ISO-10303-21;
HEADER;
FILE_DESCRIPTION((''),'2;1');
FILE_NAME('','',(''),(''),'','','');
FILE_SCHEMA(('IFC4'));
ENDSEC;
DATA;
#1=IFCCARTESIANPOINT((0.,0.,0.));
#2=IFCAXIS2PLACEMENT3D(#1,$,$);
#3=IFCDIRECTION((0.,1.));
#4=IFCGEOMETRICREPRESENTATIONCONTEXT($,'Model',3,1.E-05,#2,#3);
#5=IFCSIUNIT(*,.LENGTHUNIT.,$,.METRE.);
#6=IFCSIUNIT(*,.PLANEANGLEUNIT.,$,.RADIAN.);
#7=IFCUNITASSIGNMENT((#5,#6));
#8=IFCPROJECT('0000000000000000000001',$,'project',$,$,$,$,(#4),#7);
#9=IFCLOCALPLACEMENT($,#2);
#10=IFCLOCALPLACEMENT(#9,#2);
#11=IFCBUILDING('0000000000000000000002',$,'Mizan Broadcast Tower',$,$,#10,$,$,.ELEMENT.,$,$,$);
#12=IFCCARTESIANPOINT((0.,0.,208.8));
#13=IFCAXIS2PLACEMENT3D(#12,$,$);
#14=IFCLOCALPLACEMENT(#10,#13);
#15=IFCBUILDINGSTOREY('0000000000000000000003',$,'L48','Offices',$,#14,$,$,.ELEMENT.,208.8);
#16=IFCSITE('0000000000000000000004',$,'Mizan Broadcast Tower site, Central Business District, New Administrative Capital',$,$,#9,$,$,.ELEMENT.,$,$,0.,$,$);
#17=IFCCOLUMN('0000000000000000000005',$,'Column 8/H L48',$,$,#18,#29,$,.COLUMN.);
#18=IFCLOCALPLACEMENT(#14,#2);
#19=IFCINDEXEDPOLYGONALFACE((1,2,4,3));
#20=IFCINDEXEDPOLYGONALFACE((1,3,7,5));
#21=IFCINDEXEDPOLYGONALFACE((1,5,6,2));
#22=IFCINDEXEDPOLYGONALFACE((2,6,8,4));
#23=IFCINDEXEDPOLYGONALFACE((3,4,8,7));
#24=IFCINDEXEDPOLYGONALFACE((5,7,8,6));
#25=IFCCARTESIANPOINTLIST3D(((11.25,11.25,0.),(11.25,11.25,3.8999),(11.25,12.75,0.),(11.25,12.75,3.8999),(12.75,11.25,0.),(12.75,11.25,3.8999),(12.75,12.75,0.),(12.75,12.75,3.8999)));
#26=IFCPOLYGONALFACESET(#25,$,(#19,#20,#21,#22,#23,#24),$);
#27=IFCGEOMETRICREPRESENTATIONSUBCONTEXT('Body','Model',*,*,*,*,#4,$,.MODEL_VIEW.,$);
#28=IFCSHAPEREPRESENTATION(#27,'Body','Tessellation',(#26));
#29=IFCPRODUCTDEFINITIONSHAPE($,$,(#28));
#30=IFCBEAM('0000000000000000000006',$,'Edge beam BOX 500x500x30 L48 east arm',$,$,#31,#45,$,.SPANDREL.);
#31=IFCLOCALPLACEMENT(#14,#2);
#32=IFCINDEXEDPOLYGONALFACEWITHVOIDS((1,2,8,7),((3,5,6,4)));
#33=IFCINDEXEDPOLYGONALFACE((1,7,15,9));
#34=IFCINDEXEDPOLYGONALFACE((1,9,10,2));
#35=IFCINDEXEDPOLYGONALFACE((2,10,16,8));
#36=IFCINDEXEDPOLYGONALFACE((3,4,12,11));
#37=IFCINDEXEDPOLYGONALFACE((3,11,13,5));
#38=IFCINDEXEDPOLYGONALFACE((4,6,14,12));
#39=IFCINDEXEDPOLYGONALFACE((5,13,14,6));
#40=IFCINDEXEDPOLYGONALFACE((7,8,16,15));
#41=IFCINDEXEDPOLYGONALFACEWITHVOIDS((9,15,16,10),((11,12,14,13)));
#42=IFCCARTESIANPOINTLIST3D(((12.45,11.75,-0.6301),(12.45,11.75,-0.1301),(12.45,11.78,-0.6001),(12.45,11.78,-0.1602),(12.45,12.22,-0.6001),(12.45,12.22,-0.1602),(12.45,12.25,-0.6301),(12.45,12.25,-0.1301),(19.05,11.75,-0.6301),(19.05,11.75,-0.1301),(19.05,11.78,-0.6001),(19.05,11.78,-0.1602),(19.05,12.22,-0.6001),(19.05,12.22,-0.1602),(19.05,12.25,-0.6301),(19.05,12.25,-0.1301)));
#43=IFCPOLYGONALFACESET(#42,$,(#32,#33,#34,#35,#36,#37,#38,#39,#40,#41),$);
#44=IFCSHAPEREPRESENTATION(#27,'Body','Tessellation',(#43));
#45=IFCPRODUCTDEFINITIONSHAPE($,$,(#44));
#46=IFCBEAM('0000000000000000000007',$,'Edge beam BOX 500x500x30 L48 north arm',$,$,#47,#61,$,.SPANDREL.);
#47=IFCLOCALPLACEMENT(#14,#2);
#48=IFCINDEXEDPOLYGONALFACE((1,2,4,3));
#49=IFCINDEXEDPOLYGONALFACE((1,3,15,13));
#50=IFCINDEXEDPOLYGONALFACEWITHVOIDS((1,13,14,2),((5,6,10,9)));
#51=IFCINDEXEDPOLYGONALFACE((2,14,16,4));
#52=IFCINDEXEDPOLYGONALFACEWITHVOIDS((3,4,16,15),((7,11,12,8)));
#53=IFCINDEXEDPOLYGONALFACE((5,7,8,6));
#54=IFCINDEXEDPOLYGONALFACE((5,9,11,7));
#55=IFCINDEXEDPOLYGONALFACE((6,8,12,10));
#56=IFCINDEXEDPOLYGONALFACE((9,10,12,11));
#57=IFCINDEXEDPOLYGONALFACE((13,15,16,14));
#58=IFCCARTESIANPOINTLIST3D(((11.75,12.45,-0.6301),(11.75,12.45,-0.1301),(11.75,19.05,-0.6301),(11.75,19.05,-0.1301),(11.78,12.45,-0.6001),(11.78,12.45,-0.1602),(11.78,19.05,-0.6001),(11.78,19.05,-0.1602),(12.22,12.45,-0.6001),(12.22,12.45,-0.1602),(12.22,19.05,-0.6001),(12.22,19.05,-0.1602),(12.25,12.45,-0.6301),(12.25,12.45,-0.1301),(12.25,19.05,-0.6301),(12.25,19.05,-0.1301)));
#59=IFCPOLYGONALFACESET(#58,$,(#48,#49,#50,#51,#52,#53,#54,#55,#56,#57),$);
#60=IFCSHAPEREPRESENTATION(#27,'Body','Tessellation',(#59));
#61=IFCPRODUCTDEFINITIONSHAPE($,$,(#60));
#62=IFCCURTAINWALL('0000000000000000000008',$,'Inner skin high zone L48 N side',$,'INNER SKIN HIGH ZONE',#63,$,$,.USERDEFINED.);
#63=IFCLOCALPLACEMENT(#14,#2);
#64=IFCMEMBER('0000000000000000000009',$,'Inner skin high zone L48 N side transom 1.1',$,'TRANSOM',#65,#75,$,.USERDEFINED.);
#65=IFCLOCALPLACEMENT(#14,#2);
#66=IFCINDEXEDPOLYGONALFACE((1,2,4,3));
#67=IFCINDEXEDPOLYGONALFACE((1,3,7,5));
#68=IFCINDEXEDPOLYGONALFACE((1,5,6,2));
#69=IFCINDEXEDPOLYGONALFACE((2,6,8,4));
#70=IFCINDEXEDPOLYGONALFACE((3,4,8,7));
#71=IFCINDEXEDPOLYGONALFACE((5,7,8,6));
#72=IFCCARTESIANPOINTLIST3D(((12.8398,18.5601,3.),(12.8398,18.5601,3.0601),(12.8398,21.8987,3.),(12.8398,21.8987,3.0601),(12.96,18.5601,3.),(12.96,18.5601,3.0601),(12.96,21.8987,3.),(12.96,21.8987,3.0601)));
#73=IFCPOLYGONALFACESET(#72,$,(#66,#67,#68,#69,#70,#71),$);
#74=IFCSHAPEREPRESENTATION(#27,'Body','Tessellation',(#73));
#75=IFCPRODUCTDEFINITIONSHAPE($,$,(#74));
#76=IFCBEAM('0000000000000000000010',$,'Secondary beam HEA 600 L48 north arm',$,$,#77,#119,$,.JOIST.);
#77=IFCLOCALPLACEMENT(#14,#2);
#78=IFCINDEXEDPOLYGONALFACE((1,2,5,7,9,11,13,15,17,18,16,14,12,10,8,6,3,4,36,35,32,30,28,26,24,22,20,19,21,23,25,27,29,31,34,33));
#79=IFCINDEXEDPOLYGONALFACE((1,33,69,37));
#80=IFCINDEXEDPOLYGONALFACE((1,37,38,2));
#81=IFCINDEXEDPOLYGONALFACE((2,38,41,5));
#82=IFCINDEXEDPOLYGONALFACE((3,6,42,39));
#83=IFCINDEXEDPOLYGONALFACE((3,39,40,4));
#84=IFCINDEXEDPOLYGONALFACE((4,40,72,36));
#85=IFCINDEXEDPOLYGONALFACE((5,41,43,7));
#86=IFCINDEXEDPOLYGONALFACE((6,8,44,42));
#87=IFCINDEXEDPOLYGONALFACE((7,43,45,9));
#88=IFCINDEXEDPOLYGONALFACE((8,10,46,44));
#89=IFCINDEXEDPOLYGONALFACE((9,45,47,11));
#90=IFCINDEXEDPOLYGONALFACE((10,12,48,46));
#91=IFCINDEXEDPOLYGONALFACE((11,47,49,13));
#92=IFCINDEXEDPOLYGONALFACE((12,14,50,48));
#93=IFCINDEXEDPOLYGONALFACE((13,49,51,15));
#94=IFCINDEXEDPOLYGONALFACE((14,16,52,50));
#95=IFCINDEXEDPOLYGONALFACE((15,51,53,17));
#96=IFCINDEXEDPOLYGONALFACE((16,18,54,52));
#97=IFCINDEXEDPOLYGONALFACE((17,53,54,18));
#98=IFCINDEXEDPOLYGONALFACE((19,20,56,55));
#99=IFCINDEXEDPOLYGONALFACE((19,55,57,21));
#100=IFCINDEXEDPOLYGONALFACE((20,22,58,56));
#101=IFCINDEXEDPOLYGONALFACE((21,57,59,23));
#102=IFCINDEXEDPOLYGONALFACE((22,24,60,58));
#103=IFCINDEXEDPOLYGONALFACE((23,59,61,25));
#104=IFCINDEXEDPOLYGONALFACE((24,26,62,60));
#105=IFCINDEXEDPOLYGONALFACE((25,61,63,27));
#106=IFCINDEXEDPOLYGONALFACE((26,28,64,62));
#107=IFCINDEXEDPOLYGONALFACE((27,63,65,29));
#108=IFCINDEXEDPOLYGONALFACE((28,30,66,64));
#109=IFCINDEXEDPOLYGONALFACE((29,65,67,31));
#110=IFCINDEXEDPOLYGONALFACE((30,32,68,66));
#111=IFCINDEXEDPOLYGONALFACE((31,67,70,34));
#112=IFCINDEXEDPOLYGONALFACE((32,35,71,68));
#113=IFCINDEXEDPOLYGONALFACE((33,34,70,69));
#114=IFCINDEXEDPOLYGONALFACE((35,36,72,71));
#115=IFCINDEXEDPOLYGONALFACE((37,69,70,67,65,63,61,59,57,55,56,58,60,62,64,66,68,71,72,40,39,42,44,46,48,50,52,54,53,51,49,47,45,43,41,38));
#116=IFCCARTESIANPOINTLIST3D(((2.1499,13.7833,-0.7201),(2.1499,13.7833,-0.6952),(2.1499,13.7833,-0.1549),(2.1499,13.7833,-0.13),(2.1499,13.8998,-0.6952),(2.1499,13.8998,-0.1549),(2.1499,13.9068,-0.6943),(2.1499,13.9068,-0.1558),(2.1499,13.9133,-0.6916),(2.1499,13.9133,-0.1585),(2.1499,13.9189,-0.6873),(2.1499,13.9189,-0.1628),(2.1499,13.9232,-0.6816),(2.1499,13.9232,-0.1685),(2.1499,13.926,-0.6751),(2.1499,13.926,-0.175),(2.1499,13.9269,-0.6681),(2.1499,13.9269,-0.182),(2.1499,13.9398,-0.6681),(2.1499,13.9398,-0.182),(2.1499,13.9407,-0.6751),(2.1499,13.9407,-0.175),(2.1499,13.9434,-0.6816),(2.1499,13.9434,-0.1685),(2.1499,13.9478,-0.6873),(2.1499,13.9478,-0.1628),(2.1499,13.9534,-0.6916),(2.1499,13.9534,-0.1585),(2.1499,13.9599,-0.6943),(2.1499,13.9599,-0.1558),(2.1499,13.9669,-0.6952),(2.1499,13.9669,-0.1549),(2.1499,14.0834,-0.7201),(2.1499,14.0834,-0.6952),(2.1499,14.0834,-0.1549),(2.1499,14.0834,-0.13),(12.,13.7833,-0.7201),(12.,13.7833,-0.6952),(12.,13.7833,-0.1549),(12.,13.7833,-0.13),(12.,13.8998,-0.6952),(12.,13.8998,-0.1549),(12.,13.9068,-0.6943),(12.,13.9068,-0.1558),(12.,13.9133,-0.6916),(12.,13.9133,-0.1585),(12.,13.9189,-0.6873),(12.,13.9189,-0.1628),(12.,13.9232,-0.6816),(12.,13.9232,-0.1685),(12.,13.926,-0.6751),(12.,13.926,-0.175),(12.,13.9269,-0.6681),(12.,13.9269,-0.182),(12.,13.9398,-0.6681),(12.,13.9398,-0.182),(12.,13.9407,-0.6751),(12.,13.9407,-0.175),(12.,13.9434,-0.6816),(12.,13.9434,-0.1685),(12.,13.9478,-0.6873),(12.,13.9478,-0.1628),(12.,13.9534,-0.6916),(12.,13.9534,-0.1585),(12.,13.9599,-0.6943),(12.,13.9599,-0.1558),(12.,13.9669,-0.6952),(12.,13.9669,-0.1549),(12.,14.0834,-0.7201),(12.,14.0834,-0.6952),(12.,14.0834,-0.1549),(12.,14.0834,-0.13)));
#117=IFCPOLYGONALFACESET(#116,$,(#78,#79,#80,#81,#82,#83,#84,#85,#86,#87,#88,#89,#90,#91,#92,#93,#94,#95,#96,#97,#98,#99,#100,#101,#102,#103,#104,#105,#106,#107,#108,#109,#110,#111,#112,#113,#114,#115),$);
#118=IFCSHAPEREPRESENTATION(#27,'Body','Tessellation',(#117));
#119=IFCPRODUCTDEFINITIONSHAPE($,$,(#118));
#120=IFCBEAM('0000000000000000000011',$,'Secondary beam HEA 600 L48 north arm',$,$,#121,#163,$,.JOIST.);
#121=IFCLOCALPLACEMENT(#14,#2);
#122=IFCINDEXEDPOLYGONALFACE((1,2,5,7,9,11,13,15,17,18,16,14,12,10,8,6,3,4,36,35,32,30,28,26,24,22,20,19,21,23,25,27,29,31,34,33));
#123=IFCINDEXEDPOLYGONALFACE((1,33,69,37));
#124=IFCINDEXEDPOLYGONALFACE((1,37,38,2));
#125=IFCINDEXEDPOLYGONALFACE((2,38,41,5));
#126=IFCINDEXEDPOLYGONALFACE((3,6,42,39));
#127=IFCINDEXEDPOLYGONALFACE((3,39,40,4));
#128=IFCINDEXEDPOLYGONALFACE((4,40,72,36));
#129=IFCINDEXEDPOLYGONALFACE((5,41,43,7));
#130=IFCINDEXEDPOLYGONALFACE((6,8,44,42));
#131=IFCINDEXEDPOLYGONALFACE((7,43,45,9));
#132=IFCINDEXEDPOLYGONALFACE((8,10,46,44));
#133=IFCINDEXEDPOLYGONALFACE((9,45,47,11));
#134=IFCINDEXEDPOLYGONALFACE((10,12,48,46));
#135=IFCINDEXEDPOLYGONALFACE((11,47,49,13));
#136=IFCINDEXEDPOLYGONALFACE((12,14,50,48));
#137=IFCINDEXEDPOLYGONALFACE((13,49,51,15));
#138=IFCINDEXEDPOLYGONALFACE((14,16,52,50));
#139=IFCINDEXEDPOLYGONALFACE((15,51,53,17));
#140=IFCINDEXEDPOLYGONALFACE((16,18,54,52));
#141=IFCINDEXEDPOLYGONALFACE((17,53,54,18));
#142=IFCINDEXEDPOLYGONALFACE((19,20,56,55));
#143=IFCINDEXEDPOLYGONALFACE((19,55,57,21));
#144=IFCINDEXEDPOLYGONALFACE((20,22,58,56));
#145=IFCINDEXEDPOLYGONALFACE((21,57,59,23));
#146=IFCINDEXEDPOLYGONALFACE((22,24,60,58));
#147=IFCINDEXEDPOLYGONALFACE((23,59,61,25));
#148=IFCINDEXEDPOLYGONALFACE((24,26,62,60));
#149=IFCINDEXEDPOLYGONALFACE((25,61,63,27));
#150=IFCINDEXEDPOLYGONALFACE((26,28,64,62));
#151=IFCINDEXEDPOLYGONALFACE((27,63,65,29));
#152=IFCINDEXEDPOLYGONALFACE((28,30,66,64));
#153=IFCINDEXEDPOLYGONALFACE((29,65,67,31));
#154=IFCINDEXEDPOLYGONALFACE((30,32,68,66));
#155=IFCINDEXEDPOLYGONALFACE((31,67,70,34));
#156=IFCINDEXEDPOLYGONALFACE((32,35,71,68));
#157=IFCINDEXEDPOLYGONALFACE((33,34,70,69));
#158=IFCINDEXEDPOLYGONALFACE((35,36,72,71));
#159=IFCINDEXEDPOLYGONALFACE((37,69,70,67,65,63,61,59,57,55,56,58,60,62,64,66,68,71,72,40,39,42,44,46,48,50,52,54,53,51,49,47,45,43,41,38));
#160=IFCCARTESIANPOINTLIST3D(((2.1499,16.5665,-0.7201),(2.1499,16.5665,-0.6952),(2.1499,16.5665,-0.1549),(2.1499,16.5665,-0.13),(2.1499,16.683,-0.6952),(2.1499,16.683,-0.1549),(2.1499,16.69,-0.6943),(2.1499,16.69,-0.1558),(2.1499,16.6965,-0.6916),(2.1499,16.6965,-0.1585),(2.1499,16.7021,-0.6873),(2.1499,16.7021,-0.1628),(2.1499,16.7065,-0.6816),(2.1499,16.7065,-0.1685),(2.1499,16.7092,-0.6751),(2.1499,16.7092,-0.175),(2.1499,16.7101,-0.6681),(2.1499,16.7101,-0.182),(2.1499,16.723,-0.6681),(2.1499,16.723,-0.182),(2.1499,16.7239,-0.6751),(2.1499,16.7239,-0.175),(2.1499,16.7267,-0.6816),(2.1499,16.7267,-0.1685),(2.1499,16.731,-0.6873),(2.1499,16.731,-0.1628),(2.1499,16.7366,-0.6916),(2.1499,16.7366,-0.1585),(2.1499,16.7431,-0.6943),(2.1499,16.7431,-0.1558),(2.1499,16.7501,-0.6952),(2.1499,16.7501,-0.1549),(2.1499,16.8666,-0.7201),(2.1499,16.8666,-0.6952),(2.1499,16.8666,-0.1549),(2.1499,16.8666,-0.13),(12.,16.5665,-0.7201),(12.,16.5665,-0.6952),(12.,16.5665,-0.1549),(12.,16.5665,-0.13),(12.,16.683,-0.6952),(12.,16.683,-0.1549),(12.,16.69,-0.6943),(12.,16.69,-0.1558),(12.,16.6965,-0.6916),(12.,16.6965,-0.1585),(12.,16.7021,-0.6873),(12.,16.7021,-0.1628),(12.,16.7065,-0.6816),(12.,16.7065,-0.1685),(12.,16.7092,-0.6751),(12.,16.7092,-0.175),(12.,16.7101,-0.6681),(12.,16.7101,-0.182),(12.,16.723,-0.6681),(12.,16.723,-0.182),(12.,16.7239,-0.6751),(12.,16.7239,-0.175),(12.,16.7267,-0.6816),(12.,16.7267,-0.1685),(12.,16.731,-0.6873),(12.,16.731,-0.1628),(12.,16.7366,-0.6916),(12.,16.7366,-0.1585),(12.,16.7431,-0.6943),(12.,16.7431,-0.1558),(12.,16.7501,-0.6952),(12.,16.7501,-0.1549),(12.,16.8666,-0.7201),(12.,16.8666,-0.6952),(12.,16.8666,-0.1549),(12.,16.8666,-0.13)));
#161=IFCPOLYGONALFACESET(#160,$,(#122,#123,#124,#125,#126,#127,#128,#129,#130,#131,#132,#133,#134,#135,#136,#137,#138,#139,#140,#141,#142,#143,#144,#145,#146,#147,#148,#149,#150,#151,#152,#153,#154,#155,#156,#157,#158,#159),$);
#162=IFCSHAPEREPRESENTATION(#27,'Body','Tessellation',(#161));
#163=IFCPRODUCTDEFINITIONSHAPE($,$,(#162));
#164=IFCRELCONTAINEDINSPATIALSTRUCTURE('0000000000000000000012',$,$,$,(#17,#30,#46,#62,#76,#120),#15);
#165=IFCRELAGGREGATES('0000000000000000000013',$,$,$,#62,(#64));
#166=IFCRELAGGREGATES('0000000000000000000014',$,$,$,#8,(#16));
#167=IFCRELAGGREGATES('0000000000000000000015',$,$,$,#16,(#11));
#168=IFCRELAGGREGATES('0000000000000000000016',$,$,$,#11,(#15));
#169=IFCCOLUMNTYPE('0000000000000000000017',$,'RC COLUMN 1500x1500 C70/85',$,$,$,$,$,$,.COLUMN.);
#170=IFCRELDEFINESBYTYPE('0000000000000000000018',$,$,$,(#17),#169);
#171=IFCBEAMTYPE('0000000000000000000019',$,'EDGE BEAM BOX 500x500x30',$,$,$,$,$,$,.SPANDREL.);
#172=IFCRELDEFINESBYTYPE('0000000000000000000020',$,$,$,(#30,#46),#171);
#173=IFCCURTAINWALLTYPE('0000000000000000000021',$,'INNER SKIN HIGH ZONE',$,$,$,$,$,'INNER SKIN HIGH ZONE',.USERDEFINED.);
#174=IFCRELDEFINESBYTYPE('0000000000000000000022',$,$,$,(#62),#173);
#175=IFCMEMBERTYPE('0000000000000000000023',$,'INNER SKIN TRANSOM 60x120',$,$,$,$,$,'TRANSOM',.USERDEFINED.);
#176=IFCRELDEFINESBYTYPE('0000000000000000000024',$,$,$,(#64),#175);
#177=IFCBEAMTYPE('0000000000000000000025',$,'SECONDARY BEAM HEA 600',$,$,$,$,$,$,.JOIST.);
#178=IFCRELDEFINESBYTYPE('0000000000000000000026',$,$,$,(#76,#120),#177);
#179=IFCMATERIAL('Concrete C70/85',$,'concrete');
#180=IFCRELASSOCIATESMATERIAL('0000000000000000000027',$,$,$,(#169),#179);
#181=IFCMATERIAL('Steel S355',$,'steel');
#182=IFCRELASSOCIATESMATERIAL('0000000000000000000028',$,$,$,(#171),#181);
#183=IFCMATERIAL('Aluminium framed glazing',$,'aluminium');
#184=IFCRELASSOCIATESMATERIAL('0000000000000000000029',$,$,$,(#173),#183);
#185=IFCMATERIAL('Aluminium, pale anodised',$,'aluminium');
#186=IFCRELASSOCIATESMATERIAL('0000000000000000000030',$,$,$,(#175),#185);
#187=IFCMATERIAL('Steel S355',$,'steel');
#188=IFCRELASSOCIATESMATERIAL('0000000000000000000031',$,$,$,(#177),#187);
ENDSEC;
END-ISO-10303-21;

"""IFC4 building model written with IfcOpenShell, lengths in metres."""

from ifc_helpers import new_model, si_unit, direction, frame, origin, origin_2d, place, context, subcontext, project, spatial, rectangle, hollow_rectangle, i_section, extrude, material, material_profile, profile_set, type_object, element, aggregate, save


model = new_model("IFC4")

# Units and contexts
model_context = context("Model", 3, precision=1e-05, world=origin(), true_north=direction((0.0, 1.0)))
body_context = subcontext(model_context, "Body", "Model", "MODEL_VIEW")
ifc_project = project(units=[si_unit("LENGTHUNIT", "METRE"), si_unit("PLANEANGLEUNIT", "RADIAN")], contexts=[model_context])

# Site, building, storey
site_placement = place(None, origin())
site = spatial("IfcSite", under=ifc_project, at=site_placement, Name="Mizan Broadcast Tower site, Central Business District, New Administrative Capital", CompositionType="ELEMENT", RefElevation=0.0)
building_placement = place(site_placement, origin())
building = spatial("IfcBuilding", under=site, at=building_placement, Name="Mizan Broadcast Tower", CompositionType="ELEMENT")
storey_placement = place(building_placement, frame((0.0, 0.0, 208.8)))
storey = spatial("IfcBuildingStorey", under=building, at=storey_placement, Name="L48", Description="Offices", CompositionType="ELEMENT", Elevation=208.8)

# Column
ifc_material_1 = material(Name="Concrete C70/85", Category="concrete")
ifc_material_profile_1 = material_profile(ifc_material_1, rectangle(XDim=1.5, YDim=1.5, at=origin_2d()), Name="RC 1500x1500")
ifc_profile_set_1 = profile_set([ifc_material_profile_1], Name="Concrete C70/85")
column_type = type_object("IfcColumnType", Name="RC COLUMN 1500x1500 C70/85", PredefinedType="COLUMN", material=ifc_profile_set_1)
column_placement = place(storey_placement, frame((12.0, 12.0, 0.0), z_axis=(0.0, 0.0, 1.0), x_axis=(1.0, 0.0, 0.0)))
element("IfcColumn", 1, at=column_placement, inside=storey, type_object=column_type, Name="Column 8/H L48", PredefinedType="COLUMN", context=body_context, shape_type="SweptSolid", body=[
    extrude(rectangle(XDim=1.5, YDim=1.5, at=origin_2d()), origin(), (0.0, 0.0, 1.0), 3.8999),
])

# Beams
ifc_material_2 = material(Name="Steel S355", Category="steel")
ifc_material_profile_2 = material_profile(ifc_material_2, hollow_rectangle(XDim=0.5, YDim=0.5, WallThickness=0.03, at=origin_2d()), Name="BOX 500x500x30")
ifc_profile_set_2 = profile_set([ifc_material_profile_2], Name="Steel S355")
beam_type_1 = type_object("IfcBeamType", Name="EDGE BEAM BOX 500x500x30", PredefinedType="SPANDREL", material=ifc_profile_set_2)
for number, where, z_axis, x_axis, name in (
    (2, (12.45, 12.0, -0.3801), (1.0, 0.0, 0.0), (0.0, 1.0, 0.0), "Edge beam BOX 500x500x30 L48 east arm"),
    (3, (12.0, 12.45, -0.3801), (0.0, 1.0, 0.0), (-1.0, 0.0, 0.0), "Edge beam BOX 500x500x30 L48 north arm"),
):
    element("IfcBeam", number, at=place(storey_placement, frame(where, z_axis=z_axis, x_axis=x_axis)), inside=storey, type_object=beam_type_1, Name=name, PredefinedType="SPANDREL", context=body_context, shape_type="SweptSolid", body=[
        extrude(hollow_rectangle(XDim=0.5, YDim=0.5, WallThickness=0.03, at=origin_2d()), origin(), (0.0, 0.0, 1.0), 6.6001),
    ])

# Curtain wall, member
ifc_material_3 = material(Name="Aluminium framed glazing", Category="aluminium")
curtain_wall_type = type_object("IfcCurtainWallType", Name="INNER SKIN HIGH ZONE", ElementType="INNER SKIN HIGH ZONE", PredefinedType="USERDEFINED", material=ifc_material_3)
curtain_wall_placement = place(storey_placement, origin())
curtain_wall = element("IfcCurtainWall", 4, at=curtain_wall_placement, inside=storey, type_object=curtain_wall_type, Name="Inner skin high zone L48 N side", ObjectType="INNER SKIN HIGH ZONE", PredefinedType="USERDEFINED")
ifc_material_4 = material(Name="Aluminium, pale anodised", Category="aluminium")
ifc_material_profile_3 = material_profile(ifc_material_4, rectangle(XDim=0.1201, YDim=0.0601, at=origin_2d()), Name="TRANSOM 120x60")
ifc_profile_set_3 = profile_set([ifc_material_profile_3], Name="Aluminium, pale anodised")
member_type = type_object("IfcMemberType", Name="INNER SKIN TRANSOM 60x120", ElementType="TRANSOM", PredefinedType="USERDEFINED", material=ifc_profile_set_3)
member_placement = place(storey_placement, frame((12.8999, 18.5601, 3.03), z_axis=(0.0, 1.0, 0.0), x_axis=(-1.0, 0.0, 0.0)))
member = element("IfcMember", 5, at=member_placement, type_object=member_type, Name="Inner skin high zone L48 N side transom 1.1", ObjectType="TRANSOM", PredefinedType="USERDEFINED", context=body_context, shape_type="SweptSolid", body=[
    extrude(rectangle(XDim=0.1201, YDim=0.0601, at=origin_2d()), origin(), (0.0, 0.0, 1.0), 3.3386),
])
aggregate(curtain_wall, [member])

# Beams
ifc_material_5 = material(Name="Steel S355", Category="steel")
ifc_material_profile_4 = material_profile(ifc_material_5, i_section(OverallWidth=0.3, OverallDepth=0.5901, WebThickness=0.0129, FlangeThickness=0.0249, FilletRadius=0.0271, at=origin_2d()), Name="HEA 600")
ifc_profile_set_4 = profile_set([ifc_material_profile_4], Name="Steel S355")
beam_type_2 = type_object("IfcBeamType", Name="SECONDARY BEAM HEA 600", PredefinedType="JOIST", material=ifc_profile_set_4)
for number, where, z_axis, x_axis, name in (
    (6, (12.0, 13.9333, -0.425), (-1.0, 0.0, 0.0), (0.0, -1.0, 0.0), "Secondary beam HEA 600 L48 north arm"),
    (7, (12.0, 16.7166, -0.425), (-1.0, 0.0, 0.0), (0.0, -1.0, 0.0), "Secondary beam HEA 600 L48 north arm"),
):
    element("IfcBeam", number, at=place(storey_placement, frame(where, z_axis=z_axis, x_axis=x_axis)), inside=storey, type_object=beam_type_2, Name=name, PredefinedType="JOIST", context=body_context, shape_type="SweptSolid", body=[
        extrude(i_section(OverallWidth=0.3, OverallDepth=0.5901, WebThickness=0.0129, FlangeThickness=0.0249, FilletRadius=0.0271, at=origin_2d()), origin(), (0.0, 0.0, 1.0), 9.8501),
    ])

save(model, "model.ifc")
